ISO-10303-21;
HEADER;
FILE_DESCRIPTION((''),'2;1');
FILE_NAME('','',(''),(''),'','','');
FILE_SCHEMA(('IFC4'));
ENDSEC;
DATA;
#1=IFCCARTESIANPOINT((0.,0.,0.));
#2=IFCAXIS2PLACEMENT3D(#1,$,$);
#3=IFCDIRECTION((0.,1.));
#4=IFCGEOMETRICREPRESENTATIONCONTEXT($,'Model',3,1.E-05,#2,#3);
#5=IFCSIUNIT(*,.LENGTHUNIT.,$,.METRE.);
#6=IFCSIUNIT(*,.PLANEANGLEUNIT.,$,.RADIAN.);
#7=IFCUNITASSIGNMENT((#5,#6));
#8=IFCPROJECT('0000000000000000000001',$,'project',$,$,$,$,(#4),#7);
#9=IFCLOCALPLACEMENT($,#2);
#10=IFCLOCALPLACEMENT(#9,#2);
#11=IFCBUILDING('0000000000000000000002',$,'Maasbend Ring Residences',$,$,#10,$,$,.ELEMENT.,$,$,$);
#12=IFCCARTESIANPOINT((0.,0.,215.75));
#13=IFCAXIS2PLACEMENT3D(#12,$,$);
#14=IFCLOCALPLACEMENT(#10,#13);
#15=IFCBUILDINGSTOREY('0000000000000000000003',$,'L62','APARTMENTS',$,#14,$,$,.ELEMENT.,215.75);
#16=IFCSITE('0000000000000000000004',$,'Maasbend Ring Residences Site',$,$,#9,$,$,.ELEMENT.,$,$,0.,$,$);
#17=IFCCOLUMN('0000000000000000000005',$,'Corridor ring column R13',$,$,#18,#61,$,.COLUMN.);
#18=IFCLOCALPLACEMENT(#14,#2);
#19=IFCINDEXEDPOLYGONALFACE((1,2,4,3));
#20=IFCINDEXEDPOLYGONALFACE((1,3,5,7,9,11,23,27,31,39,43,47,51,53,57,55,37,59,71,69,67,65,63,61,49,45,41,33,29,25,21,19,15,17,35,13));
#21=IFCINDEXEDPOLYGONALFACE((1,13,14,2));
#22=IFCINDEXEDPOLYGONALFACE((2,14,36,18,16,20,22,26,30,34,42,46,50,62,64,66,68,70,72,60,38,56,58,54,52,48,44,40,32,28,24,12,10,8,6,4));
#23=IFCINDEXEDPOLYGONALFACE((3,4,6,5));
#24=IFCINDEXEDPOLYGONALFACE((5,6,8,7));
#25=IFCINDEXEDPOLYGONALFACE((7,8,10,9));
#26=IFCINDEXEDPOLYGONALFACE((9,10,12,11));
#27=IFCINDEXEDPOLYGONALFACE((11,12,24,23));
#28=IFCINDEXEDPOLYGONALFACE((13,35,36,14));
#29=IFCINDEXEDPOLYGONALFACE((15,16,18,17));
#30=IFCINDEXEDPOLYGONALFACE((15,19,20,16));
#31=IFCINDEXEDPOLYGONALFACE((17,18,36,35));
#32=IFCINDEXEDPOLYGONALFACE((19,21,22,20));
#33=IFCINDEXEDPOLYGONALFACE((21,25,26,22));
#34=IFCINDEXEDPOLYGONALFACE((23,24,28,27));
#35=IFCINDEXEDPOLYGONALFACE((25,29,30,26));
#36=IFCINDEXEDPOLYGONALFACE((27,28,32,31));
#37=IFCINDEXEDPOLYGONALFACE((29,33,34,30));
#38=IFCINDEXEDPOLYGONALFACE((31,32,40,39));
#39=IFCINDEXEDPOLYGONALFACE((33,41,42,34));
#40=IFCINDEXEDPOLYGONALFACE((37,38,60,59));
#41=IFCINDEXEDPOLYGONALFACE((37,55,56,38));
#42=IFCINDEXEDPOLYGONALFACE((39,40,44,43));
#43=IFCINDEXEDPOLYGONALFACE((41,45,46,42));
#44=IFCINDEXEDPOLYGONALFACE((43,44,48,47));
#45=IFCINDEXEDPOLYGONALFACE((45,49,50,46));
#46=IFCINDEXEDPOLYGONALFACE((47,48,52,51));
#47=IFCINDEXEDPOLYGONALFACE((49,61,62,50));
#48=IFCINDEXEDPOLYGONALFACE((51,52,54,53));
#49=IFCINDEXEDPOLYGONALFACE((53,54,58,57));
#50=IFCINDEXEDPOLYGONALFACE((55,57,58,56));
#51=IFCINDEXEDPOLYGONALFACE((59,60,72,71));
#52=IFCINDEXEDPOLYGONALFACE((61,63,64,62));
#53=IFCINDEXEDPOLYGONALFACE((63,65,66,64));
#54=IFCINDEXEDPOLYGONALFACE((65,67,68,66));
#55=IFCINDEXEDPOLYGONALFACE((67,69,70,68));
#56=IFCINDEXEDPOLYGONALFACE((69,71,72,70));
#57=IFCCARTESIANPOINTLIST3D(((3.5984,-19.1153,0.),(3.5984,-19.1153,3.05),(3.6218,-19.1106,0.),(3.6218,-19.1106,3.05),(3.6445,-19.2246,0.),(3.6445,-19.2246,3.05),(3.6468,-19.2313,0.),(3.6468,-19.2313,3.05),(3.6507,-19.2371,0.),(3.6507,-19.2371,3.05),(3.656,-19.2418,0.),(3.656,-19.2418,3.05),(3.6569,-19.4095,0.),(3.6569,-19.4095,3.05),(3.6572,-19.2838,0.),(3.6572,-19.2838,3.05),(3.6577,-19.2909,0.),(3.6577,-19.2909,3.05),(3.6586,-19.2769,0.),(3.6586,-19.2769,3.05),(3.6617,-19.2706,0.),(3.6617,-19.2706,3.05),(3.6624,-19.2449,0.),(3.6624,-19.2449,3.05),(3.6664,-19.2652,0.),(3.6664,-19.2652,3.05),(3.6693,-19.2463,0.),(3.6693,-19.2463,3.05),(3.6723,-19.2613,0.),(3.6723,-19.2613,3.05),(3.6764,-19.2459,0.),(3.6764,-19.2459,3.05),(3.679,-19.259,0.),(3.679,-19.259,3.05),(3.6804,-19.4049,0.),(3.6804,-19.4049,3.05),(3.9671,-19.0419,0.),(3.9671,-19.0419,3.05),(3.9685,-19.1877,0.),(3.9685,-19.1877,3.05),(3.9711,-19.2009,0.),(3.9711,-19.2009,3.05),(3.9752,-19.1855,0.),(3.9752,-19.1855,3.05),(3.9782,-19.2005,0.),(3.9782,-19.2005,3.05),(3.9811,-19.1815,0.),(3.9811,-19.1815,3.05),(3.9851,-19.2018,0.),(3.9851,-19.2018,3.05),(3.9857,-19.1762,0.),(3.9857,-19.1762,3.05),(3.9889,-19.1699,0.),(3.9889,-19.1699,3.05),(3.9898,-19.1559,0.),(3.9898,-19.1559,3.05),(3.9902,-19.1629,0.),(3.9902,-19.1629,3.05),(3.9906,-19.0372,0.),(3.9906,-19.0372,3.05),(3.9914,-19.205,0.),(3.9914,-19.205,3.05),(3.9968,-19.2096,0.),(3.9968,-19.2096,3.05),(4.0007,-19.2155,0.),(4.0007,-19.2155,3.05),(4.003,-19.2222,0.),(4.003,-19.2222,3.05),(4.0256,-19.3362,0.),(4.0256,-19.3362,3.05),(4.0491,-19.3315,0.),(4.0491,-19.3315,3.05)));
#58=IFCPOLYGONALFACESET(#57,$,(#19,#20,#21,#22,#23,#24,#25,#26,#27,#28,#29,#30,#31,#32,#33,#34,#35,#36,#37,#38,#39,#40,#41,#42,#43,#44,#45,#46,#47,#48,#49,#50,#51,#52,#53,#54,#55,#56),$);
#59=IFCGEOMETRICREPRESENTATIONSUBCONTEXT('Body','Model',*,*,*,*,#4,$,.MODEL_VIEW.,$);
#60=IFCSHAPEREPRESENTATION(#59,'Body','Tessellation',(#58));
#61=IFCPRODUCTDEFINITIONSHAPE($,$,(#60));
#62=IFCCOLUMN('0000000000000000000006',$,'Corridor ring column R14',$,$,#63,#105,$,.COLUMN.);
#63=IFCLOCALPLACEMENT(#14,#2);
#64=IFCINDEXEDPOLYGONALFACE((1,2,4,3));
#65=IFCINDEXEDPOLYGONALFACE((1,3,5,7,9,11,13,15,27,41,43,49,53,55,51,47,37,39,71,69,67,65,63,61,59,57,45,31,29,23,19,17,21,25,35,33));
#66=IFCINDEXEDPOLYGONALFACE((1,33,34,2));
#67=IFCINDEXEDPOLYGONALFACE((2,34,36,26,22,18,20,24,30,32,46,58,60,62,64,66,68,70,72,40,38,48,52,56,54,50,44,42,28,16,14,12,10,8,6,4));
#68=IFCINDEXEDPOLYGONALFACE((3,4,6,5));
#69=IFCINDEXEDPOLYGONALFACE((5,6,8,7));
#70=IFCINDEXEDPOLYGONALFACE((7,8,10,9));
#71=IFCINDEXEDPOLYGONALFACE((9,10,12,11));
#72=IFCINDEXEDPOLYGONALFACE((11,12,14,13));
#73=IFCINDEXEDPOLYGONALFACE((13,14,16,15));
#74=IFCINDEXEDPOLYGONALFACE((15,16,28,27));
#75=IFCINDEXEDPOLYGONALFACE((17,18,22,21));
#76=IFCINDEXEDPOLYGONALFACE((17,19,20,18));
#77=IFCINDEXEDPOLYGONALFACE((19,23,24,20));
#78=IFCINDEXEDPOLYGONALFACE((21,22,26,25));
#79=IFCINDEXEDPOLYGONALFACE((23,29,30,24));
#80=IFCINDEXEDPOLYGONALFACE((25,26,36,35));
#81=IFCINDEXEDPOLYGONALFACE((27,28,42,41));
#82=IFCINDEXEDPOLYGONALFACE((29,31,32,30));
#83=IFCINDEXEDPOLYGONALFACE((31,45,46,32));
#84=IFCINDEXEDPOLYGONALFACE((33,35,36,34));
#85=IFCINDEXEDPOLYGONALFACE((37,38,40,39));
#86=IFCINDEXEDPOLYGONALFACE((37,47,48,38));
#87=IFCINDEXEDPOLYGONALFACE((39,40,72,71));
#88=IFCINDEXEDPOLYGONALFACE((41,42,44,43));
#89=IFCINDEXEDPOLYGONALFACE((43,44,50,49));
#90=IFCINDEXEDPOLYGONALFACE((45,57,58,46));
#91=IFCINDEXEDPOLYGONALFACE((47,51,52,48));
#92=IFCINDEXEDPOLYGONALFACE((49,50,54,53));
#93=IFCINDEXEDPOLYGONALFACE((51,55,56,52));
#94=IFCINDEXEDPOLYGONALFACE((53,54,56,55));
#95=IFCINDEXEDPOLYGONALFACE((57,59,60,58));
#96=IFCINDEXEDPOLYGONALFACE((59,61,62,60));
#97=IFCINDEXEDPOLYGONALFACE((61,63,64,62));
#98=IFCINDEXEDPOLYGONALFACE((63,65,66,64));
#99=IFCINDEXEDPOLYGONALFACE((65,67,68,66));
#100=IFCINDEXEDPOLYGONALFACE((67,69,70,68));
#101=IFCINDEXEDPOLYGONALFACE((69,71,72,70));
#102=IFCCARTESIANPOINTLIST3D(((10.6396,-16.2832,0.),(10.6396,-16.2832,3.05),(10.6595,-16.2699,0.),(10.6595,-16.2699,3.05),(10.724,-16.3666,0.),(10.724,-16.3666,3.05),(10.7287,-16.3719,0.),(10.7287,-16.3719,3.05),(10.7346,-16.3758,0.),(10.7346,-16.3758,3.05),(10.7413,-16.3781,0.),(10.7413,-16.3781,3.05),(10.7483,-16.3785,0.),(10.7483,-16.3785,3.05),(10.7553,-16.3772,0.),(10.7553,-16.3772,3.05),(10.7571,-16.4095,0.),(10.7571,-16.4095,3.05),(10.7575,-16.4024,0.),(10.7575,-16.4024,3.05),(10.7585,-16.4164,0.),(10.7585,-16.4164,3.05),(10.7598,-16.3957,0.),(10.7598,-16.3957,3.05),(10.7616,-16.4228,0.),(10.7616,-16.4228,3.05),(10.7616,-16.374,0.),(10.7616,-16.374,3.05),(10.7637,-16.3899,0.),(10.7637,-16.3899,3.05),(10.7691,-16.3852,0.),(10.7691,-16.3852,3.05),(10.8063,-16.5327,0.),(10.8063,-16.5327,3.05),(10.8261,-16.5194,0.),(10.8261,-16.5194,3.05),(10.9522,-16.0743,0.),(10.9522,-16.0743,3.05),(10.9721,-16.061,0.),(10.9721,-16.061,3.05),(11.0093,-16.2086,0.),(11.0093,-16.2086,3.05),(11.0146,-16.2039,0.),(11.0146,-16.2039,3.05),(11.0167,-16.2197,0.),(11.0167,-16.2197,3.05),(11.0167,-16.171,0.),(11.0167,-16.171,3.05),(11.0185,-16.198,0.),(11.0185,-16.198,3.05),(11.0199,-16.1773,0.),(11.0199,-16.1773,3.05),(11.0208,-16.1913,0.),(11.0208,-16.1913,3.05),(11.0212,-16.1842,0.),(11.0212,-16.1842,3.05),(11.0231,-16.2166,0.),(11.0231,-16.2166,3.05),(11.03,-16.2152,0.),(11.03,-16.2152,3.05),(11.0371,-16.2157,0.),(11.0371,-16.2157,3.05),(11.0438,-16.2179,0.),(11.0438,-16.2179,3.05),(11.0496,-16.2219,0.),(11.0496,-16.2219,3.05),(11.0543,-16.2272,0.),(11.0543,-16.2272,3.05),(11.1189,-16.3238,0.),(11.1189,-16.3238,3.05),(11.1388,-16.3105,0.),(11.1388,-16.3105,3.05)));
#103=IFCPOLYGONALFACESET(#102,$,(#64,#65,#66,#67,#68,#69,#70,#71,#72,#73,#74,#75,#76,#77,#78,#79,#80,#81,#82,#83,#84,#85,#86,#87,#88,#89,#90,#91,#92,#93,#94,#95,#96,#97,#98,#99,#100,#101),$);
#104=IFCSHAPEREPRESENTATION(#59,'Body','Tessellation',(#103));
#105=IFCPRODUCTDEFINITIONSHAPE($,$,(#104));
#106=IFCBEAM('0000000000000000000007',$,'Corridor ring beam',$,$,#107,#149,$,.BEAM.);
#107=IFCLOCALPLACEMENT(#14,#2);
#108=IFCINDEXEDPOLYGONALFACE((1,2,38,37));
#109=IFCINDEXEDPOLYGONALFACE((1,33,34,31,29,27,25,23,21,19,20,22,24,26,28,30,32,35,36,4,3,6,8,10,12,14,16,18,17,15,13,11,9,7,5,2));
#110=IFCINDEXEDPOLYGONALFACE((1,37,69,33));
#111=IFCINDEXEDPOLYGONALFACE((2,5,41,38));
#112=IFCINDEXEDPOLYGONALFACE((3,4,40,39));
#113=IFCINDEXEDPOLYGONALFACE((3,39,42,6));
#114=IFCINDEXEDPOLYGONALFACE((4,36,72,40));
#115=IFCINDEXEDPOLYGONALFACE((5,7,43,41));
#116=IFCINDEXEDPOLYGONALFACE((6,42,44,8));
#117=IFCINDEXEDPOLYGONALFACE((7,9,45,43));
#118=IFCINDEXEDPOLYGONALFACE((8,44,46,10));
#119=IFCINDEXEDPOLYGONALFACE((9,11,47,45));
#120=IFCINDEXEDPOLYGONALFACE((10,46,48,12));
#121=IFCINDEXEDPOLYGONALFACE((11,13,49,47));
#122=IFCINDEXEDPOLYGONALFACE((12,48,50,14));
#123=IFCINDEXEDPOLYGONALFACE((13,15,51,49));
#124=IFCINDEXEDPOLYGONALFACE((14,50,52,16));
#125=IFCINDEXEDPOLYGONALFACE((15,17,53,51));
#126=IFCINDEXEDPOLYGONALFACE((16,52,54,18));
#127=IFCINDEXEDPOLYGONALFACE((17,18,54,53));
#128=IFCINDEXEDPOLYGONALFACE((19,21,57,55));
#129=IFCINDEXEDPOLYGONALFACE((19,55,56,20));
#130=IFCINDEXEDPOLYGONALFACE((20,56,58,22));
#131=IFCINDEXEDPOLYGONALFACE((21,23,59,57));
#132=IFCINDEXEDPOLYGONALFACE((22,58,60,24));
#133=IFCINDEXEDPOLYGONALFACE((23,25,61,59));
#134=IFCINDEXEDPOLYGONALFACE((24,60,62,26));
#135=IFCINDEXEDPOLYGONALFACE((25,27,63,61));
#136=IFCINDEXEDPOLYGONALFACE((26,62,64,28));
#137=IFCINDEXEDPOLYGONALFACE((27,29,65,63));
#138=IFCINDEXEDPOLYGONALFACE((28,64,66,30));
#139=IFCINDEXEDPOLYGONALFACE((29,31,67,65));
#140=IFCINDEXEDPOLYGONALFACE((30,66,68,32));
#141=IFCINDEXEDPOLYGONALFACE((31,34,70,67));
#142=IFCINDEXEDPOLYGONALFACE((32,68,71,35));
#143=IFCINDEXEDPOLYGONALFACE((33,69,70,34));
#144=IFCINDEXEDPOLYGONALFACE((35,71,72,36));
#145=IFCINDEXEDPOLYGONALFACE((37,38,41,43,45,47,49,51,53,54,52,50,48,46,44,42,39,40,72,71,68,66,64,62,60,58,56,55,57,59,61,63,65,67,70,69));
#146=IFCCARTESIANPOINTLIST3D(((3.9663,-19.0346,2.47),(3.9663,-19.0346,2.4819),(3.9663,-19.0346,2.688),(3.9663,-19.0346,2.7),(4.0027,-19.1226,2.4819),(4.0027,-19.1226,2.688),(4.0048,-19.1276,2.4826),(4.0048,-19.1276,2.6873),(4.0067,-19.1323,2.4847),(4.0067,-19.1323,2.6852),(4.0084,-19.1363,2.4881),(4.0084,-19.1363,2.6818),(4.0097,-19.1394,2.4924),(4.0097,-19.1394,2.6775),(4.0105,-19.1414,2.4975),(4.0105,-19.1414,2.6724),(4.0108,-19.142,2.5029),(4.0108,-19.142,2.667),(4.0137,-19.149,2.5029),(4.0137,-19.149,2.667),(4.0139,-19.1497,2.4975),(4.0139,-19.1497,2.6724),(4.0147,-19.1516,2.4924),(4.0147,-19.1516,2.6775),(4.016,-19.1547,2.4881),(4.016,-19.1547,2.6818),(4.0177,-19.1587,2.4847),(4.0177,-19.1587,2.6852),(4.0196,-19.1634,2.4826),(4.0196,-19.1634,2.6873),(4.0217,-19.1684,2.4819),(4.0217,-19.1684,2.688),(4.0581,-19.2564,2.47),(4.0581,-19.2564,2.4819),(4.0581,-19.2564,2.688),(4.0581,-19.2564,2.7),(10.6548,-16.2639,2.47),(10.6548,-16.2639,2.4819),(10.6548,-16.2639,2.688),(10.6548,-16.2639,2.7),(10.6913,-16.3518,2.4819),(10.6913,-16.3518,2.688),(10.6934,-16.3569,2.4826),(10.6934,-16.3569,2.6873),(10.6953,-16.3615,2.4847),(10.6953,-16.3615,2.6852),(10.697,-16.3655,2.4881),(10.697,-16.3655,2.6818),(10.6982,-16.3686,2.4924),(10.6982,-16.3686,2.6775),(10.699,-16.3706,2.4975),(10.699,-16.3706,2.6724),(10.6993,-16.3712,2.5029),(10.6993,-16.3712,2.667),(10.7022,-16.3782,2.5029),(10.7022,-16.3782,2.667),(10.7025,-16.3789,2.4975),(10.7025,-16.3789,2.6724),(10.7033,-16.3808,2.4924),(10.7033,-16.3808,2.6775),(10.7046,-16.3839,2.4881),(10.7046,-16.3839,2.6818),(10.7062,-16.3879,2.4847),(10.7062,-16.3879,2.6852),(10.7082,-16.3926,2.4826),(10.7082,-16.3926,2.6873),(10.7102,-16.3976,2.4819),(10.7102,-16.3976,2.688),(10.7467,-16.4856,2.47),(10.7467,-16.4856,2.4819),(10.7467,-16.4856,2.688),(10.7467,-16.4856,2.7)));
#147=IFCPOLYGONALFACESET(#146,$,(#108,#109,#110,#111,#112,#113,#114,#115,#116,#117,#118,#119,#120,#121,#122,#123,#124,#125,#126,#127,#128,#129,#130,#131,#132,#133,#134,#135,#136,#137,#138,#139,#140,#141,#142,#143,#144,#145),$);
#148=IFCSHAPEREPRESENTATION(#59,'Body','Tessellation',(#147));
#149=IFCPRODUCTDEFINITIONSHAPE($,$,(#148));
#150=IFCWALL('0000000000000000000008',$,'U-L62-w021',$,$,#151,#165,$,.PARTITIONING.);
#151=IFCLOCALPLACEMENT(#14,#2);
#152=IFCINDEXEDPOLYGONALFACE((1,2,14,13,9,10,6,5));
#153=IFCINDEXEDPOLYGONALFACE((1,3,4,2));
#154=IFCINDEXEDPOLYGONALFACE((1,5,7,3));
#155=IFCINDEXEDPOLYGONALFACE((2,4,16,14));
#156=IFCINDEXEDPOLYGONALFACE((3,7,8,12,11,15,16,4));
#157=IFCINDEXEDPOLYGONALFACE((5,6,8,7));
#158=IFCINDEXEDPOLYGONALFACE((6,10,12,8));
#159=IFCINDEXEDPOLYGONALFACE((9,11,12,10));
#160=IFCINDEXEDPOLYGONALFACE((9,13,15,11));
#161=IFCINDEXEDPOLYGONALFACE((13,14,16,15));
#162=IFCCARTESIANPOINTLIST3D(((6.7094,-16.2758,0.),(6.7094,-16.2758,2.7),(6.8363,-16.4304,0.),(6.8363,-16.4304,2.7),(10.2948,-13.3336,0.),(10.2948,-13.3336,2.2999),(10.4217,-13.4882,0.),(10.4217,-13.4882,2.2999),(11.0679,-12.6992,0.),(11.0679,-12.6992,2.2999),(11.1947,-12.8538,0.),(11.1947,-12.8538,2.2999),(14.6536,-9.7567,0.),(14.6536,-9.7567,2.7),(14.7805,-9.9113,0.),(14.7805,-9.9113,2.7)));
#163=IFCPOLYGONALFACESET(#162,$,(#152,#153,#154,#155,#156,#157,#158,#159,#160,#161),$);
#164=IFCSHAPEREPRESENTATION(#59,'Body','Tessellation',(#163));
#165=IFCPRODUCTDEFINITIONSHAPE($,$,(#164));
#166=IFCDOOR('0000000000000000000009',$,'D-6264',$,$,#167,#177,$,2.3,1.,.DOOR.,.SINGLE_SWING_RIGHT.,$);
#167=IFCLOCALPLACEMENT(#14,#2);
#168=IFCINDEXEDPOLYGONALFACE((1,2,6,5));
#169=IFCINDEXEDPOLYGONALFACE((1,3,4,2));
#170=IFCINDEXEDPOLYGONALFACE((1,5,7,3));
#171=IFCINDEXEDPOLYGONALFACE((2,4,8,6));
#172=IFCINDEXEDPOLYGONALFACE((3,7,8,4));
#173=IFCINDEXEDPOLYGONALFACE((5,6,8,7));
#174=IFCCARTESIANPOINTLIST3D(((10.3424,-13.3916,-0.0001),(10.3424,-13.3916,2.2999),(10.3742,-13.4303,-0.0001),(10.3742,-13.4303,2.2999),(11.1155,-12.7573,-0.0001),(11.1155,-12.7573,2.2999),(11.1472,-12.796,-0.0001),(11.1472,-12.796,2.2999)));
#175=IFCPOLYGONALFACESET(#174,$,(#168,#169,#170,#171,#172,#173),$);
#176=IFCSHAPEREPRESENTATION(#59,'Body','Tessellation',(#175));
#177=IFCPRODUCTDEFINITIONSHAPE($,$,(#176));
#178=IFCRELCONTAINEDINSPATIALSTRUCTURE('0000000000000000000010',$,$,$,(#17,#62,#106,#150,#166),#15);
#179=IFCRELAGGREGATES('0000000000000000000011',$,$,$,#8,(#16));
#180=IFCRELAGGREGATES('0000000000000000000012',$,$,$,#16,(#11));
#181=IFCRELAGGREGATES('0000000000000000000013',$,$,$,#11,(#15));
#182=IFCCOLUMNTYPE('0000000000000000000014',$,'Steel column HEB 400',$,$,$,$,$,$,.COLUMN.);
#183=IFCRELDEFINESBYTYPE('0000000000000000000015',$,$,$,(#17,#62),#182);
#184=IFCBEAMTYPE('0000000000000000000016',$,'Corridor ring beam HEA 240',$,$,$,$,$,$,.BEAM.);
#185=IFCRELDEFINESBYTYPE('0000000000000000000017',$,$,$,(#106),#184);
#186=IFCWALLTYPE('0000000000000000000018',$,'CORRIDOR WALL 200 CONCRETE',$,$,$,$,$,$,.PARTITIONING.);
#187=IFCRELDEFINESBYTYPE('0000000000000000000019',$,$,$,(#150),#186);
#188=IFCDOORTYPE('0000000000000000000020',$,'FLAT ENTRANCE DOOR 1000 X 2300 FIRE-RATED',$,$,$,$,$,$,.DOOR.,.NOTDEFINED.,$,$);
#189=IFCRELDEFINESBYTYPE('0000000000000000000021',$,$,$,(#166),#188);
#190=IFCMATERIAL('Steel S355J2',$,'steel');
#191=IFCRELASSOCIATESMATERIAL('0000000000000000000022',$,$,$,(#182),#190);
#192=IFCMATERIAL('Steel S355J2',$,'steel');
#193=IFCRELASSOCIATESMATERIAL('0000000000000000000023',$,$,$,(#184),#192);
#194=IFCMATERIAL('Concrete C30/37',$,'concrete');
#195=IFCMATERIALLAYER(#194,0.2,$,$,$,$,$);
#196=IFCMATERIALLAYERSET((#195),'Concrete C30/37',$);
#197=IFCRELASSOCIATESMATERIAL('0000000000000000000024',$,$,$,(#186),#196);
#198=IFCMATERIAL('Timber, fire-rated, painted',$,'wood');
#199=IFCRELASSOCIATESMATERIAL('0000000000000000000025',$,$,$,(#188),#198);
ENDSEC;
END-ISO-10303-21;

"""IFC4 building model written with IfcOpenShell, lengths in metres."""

from ifc_helpers import new_model, si_unit, direction, frame, frame_2d, origin, origin_2d, place, context, subcontext, project, spatial, rectangle, i_section, extrude, material, layer, layer_set, material_profile, profile_set, type_object, element, fill, save


model = new_model("IFC4")

# Units and contexts
model_context = context("Model", 3, precision=1e-05, world=origin(), true_north=direction((0.0, 1.0)))
body_context = subcontext(model_context, "Body", "Model", "MODEL_VIEW")
ifc_project = project(units=[si_unit("LENGTHUNIT", "METRE"), si_unit("PLANEANGLEUNIT", "RADIAN")], contexts=[model_context])

# Site, building, storey
site_placement = place(None, origin())
site = spatial("IfcSite", under=ifc_project, at=site_placement, Name="Maasbend Ring Residences Site", CompositionType="ELEMENT", RefElevation=0.0)
building_placement = place(site_placement, origin())
building = spatial("IfcBuilding", under=site, at=building_placement, Name="Maasbend Ring Residences", CompositionType="ELEMENT")
storey_placement = place(building_placement, frame((0.0, 0.0, 215.75)))
storey = spatial("IfcBuildingStorey", under=building, at=storey_placement, Name="L62", Description="APARTMENTS", CompositionType="ELEMENT", Elevation=215.75)

# Columns
ifc_material_1 = material(Name="Steel S355J2", Category="steel")
ifc_material_profile_1 = material_profile(ifc_material_1, i_section(OverallWidth=0.3, OverallDepth=0.3999, WebThickness=0.0134, FlangeThickness=0.0239, FilletRadius=0.0271, at=origin_2d()), Name="HEB 400")
ifc_profile_set_1 = profile_set([ifc_material_profile_1], Name="Steel S355J2")
column_type = type_object("IfcColumnType", Name="Steel column HEB 400", PredefinedType="COLUMN", material=ifc_profile_set_1)
for number, where, z_axis, x_axis, name in (
    (1, (3.8237, -19.2234, 0.0), (0.0, 0.0, 1.0), (0.19509, -0.980785, 0.0), "Corridor ring column R13"),
    (2, (10.8892, -16.2969, 0.0), (0.0, 0.0, 1.0), (0.55557, -0.83147, 0.0), "Corridor ring column R14"),
):
    element("IfcColumn", number, at=place(storey_placement, frame(where, z_axis=z_axis, x_axis=x_axis)), inside=storey, type_object=column_type, Name=name, PredefinedType="COLUMN", context=body_context, shape_type="SweptSolid", body=[
        extrude(i_section(OverallWidth=0.3, OverallDepth=0.3999, WebThickness=0.0134, FlangeThickness=0.0239, FilletRadius=0.0271, at=origin_2d()), origin(), (0.0, 0.0, 1.0), 3.05),
    ])

# Beam
ifc_material_2 = material(Name="Steel S355J2", Category="steel")
ifc_material_profile_2 = material_profile(ifc_material_2, i_section(OverallWidth=0.24, OverallDepth=0.23, WebThickness=0.0076, FlangeThickness=0.012, FilletRadius=0.021, at=origin_2d()), Name="HEA 240")
ifc_profile_set_2 = profile_set([ifc_material_profile_2], Name="Steel S355J2")
beam_type = type_object("IfcBeamType", Name="Corridor ring beam HEA 240", PredefinedType="BEAM", material=ifc_profile_set_2)
beam_placement = place(storey_placement, frame((4.0122, -19.1455, 2.585), z_axis=(0.923865, 0.382718, 0.0), x_axis=(-0.382718, 0.923865, 0.0)))
element("IfcBeam", 3, at=beam_placement, inside=storey, type_object=beam_type, Name="Corridor ring beam", PredefinedType="BEAM", context=body_context, shape_type="SweptSolid", body=[
    extrude(i_section(OverallWidth=0.24, OverallDepth=0.23, WebThickness=0.0076, FlangeThickness=0.012, FilletRadius=0.021, at=origin_2d()), origin(), (0.0, 0.0, 1.0), 7.2397),
])

# Wall, opening, door
ifc_material_3 = material(Name="Concrete C30/37", Category="concrete")
ifc_layer_1 = layer(ifc_material_3, 0.2)
ifc_layer_set_1 = layer_set([ifc_layer_1], Name="Concrete C30/37")
wall_type_1 = type_object("IfcWallType", Name="CORRIDOR WALL 200 CONCRETE", PredefinedType="PARTITIONING", material=ifc_layer_set_1)
wall_1_placement = place(storey_placement, frame((6.7729, -16.353, 0.0), z_axis=(0.0, 0.0, 1.0), x_axis=(0.773035, 0.634364, 0.0)))
wall_1 = element("IfcWall", 4, at=wall_1_placement, inside=storey, type_object=wall_type_1, Name="U-L62-w021", PredefinedType="PARTITIONING", context=body_context, shape_type="SweptSolid", body=[
    extrude(rectangle(XDim=10.2766, YDim=0.2, at=frame_2d((5.1382, 0.0))), origin(), (0.0, 0.0, 1.0), 2.7),
])
opening_1_placement = place(wall_1_placement, frame((4.6379, 0.0, 0.0)))
opening_1 = element("IfcOpeningElement", 5, at=opening_1_placement, cuts=wall_1, PredefinedType="OPENING", context=body_context, shape_type="SweptSolid", body=[
    extrude(rectangle(XDim=1.0, YDim=2.3, at=frame_2d((0.5, 1.1499))), frame((0.0, 0.1099, 0.0), z_axis=(0.0, -1.0, 0.0), x_axis=(1.0, 0.0, 0.0)), (0.0, 0.0, 1.0), 0.22),
])
ifc_material_4 = material(Name="Timber, fire-rated, painted", Category="wood")
door_type_1 = type_object("IfcDoorType", Name="FLAT ENTRANCE DOOR 1000 X 2300 FIRE-RATED", OperationType="NOTDEFINED", PredefinedType="DOOR", material=ifc_material_4)
door_1_placement = place(opening_1_placement, origin())
door_1 = element("IfcDoor", 6, at=door_1_placement, inside=storey, type_object=door_type_1, Name="D-6264", OperationType="SINGLE_SWING_RIGHT", OverallHeight=2.3, OverallWidth=1.0, PredefinedType="DOOR", context=body_context, shape_type="SweptSolid", body=[
    extrude(rectangle(XDim=1.0, YDim=2.3, at=frame_2d((0.5, 1.1499))), frame((0.0, 0.0249, 0.0), z_axis=(0.0, -1.0, 0.0), x_axis=(1.0, 0.0, 0.0)), (0.0, 0.0, 1.0), 0.05),
])
fill(opening_1, door_1)

save(model, "model.ifc")
